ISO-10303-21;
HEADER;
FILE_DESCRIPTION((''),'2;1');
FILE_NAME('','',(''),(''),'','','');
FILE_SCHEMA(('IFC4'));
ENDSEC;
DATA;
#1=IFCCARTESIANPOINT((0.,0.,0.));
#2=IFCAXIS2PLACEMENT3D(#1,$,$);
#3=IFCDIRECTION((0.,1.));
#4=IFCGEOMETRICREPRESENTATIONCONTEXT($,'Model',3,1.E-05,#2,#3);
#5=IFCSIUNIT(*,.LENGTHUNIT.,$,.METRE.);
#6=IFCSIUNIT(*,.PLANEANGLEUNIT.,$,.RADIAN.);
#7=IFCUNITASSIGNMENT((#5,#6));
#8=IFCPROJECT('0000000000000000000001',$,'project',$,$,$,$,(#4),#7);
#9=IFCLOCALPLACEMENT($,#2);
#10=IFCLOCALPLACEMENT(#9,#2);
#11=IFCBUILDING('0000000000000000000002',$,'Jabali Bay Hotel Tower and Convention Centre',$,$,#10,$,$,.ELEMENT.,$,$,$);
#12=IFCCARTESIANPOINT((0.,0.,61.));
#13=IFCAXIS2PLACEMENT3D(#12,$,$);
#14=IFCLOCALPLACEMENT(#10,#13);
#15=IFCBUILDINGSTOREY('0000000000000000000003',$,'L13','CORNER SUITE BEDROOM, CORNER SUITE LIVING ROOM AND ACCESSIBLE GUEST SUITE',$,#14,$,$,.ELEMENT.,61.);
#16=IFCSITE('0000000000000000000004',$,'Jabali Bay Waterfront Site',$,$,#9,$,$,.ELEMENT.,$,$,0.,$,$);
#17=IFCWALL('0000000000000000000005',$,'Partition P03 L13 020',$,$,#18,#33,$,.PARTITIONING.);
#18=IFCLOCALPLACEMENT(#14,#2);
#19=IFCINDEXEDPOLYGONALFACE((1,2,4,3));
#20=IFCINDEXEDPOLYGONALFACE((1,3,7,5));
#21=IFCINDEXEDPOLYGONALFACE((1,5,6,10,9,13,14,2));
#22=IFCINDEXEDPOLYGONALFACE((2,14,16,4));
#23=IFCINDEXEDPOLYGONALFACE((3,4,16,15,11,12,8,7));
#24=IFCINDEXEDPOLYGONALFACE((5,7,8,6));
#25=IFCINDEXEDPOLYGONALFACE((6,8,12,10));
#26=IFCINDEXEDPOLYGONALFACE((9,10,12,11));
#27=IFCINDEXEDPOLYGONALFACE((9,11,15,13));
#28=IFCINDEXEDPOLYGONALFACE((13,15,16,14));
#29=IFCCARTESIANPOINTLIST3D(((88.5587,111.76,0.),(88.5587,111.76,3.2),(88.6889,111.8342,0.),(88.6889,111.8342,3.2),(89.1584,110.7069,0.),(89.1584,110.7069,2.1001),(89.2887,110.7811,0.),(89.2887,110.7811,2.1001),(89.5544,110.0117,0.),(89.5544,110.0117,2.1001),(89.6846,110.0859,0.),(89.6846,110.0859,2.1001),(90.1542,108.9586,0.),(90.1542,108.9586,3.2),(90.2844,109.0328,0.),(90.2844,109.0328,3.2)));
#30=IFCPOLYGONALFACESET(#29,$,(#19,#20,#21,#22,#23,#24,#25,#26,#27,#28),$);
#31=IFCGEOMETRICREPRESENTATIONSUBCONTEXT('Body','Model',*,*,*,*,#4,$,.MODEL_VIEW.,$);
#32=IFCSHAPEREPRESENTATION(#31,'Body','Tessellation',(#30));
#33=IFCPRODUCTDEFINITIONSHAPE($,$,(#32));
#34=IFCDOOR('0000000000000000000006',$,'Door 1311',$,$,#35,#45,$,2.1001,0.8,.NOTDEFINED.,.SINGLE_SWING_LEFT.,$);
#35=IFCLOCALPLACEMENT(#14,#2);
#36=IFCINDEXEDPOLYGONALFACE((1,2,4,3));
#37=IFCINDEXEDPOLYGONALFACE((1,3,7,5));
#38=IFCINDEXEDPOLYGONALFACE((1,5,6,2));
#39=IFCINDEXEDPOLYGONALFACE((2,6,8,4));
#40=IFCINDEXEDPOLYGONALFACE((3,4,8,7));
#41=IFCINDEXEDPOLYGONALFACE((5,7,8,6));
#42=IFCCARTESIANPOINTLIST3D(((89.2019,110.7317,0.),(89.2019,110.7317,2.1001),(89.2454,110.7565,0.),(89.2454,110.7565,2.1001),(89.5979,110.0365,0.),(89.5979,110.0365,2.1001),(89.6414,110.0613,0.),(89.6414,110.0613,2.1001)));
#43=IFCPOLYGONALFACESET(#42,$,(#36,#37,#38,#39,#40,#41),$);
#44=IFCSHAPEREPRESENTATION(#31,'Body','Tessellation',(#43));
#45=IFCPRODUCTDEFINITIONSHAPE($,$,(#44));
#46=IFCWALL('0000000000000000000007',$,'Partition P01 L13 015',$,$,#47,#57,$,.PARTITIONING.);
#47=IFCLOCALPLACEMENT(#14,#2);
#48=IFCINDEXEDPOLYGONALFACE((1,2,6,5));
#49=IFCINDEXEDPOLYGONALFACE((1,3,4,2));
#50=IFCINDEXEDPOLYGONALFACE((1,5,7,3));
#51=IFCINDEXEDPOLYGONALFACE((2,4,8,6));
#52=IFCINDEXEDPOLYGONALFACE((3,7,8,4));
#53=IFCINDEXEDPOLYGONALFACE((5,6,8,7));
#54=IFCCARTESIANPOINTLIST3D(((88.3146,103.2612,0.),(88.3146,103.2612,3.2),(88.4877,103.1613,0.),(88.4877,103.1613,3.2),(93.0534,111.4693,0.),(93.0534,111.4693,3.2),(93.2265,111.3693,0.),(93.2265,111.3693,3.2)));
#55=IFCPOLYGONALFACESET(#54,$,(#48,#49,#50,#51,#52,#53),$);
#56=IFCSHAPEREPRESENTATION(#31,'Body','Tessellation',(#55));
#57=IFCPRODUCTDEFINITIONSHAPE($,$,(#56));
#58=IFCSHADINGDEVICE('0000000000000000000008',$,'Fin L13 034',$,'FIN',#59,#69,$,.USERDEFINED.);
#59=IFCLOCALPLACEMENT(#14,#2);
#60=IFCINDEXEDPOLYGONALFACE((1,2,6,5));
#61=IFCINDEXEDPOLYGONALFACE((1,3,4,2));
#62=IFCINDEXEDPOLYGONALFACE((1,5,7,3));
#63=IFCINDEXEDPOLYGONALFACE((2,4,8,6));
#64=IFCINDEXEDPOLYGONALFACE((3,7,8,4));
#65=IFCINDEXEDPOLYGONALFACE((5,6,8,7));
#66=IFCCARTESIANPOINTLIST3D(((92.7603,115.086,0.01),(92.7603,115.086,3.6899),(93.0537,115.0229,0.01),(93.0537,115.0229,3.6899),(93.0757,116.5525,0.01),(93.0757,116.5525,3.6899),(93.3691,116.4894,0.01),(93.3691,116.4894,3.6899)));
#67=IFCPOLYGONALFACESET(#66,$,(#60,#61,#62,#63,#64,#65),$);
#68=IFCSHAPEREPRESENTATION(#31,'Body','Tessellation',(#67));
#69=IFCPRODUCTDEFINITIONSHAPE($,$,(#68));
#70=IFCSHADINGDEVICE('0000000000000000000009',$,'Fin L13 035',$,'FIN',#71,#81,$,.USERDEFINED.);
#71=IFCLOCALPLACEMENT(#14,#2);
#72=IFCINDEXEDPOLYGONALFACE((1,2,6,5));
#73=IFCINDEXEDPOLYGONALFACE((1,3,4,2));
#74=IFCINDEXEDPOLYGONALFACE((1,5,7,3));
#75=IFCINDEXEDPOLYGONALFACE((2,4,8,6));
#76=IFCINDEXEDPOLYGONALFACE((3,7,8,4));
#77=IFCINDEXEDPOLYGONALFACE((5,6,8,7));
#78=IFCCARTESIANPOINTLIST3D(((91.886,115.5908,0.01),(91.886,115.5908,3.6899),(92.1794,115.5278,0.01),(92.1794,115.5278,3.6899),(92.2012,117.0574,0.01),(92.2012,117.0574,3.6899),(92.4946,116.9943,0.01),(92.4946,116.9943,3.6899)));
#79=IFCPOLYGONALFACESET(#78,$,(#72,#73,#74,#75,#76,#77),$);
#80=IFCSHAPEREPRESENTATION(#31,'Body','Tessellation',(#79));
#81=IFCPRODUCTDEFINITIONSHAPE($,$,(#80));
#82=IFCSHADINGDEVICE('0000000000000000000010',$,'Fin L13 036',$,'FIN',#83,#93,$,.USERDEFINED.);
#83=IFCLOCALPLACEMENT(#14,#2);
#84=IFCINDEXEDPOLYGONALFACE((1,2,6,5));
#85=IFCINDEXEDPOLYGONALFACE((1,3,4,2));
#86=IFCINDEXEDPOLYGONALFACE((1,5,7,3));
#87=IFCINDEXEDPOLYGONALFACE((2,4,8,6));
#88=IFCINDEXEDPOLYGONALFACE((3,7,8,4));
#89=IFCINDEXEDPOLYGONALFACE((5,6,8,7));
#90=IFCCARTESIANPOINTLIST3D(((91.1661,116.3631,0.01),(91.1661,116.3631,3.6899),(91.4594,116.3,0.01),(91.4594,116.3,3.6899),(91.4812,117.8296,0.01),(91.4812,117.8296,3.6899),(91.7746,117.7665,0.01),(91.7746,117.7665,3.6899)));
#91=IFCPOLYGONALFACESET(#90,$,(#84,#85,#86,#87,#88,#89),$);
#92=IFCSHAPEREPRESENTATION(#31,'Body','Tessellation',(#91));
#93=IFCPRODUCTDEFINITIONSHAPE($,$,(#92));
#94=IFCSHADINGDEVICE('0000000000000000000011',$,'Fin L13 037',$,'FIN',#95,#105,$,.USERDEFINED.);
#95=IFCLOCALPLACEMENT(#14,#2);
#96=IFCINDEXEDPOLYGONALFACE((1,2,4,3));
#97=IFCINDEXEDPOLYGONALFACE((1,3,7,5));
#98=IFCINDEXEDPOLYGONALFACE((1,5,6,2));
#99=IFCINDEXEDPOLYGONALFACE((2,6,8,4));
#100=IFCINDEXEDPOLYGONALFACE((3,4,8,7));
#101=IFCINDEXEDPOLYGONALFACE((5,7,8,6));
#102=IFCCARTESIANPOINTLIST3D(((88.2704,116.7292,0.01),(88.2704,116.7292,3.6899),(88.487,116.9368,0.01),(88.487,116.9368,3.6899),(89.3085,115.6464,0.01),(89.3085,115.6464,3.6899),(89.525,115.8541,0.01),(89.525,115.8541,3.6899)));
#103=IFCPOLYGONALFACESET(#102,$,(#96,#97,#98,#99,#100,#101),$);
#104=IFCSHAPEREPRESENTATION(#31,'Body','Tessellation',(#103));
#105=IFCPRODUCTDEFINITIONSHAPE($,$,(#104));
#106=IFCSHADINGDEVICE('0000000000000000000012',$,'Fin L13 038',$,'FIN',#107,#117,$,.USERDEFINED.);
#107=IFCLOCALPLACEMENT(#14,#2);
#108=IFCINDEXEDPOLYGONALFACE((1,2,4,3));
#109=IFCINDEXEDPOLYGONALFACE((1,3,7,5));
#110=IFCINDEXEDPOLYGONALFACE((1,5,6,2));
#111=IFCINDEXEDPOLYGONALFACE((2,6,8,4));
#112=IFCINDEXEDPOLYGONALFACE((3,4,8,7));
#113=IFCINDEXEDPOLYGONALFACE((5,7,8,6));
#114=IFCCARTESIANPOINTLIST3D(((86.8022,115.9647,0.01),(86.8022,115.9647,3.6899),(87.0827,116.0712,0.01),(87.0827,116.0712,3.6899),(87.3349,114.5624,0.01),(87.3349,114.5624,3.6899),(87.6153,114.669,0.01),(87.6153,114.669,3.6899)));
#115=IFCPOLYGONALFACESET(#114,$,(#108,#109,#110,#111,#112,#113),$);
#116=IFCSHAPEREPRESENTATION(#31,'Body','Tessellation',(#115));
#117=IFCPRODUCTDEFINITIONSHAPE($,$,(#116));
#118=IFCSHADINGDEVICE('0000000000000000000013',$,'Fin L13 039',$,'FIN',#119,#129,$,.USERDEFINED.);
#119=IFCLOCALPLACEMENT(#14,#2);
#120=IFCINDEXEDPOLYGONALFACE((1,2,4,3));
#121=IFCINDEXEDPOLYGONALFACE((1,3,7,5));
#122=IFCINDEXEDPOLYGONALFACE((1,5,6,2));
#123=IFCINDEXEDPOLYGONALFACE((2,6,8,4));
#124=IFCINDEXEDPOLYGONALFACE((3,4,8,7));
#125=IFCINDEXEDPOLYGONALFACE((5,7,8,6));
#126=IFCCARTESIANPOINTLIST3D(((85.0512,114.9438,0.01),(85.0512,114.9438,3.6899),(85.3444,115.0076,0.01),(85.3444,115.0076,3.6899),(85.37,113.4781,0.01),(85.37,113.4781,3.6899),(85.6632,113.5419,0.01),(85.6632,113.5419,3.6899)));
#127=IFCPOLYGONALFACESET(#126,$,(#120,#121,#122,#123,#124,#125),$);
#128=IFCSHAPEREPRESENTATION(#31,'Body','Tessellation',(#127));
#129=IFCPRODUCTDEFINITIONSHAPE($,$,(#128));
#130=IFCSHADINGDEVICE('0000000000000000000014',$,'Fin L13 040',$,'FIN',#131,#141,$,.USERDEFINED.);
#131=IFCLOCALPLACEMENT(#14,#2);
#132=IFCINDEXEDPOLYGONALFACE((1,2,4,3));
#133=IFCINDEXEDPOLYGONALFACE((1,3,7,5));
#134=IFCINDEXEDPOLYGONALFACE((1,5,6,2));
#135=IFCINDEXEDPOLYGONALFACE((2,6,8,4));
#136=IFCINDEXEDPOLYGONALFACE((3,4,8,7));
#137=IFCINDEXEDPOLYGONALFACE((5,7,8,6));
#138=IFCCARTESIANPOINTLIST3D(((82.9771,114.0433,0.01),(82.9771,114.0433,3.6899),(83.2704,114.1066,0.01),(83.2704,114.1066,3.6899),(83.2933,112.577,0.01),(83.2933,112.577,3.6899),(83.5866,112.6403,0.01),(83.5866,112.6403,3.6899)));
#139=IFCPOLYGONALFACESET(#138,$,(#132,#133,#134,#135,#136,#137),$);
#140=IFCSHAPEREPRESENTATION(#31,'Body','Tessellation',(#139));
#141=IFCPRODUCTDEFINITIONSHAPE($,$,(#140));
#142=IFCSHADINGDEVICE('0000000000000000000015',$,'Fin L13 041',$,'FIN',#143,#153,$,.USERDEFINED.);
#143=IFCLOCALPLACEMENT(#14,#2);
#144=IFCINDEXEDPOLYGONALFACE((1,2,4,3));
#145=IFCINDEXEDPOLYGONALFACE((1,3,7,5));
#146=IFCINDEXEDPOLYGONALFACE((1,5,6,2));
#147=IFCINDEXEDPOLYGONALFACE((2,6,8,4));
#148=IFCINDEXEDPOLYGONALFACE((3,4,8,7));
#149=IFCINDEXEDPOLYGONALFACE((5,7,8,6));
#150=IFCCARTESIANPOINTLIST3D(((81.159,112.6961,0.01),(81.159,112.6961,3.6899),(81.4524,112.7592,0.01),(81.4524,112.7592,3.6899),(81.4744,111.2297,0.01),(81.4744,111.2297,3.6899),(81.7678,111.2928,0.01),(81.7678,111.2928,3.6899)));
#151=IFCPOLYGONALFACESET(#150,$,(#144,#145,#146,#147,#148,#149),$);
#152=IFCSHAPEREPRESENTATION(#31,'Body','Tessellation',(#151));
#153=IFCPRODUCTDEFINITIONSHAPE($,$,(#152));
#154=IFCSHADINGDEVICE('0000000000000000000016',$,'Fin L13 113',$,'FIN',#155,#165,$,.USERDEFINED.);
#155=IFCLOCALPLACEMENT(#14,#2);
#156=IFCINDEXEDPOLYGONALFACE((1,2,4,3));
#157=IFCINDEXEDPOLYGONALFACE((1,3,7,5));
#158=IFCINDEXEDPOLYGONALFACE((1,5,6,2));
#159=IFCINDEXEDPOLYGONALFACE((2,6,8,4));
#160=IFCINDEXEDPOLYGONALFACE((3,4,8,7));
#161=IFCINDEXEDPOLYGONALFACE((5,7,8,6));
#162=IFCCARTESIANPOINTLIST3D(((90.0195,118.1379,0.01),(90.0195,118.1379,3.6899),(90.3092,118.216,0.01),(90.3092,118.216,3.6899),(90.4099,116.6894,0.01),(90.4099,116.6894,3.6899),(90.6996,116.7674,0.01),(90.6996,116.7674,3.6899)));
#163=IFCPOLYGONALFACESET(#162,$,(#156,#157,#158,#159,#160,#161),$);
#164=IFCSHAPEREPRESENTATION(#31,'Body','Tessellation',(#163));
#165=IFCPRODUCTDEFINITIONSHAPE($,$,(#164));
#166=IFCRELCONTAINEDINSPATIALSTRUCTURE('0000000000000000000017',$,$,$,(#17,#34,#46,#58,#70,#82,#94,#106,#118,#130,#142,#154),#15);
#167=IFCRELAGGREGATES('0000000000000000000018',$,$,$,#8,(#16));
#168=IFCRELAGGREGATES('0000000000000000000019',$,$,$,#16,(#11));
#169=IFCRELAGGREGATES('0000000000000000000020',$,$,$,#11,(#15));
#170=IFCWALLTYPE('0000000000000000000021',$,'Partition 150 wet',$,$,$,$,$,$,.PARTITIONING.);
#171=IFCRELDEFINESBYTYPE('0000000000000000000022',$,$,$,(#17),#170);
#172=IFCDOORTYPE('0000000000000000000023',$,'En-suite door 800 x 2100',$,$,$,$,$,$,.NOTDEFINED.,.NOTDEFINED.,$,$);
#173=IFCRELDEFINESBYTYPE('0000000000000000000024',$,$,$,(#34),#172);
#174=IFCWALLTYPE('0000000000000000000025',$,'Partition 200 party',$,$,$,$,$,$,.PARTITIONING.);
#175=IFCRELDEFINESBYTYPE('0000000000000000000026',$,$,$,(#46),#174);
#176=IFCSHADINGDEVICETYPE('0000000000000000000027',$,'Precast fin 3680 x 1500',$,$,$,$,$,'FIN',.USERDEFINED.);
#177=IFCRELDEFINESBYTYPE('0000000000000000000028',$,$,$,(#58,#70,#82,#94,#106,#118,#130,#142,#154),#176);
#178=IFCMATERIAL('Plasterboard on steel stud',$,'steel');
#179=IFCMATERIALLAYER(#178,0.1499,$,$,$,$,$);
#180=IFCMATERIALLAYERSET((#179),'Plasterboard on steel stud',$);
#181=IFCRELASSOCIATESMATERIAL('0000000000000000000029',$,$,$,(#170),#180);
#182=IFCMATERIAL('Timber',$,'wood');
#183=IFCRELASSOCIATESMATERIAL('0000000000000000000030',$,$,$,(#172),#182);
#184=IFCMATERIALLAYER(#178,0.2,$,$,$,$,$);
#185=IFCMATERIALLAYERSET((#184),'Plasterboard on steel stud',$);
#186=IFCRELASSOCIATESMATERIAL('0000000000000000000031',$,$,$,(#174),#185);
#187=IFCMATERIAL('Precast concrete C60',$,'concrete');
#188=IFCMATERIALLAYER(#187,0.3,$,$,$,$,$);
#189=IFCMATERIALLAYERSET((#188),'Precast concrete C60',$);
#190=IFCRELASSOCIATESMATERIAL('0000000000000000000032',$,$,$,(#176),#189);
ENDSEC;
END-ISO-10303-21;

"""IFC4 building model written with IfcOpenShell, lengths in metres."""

from ifc_helpers import new_model, si_unit, direction, frame, frame_2d, origin, place, context, subcontext, project, spatial, rectangle, extrude, material, layer, layer_set, type_object, element, fill, save


model = new_model("IFC4")

# Units and contexts
model_context = context("Model", 3, precision=1e-05, world=origin(), true_north=direction((0.0, 1.0)))
body_context = subcontext(model_context, "Body", "Model", "MODEL_VIEW")
ifc_project = project(units=[si_unit("LENGTHUNIT", "METRE"), si_unit("PLANEANGLEUNIT", "RADIAN")], contexts=[model_context])

# Site, building, storey
site_placement = place(None, origin())
site = spatial("IfcSite", under=ifc_project, at=site_placement, Name="Jabali Bay Waterfront Site", CompositionType="ELEMENT", RefElevation=0.0)
building_placement = place(site_placement, origin())
building = spatial("IfcBuilding", under=site, at=building_placement, Name="Jabali Bay Hotel Tower and Convention Centre", CompositionType="ELEMENT")
storey_placement = place(building_placement, frame((0.0, 0.0, 61.0)))
storey = spatial("IfcBuildingStorey", under=building, at=storey_placement, Name="L13", Description="CORNER SUITE BEDROOM, CORNER SUITE LIVING ROOM AND ACCESSIBLE GUEST SUITE", CompositionType="ELEMENT", Elevation=61.0)

# Shared definitions
ifc_material_1 = material(Name="Plasterboard on steel stud", Category="steel")
ifc_layer_1 = layer(ifc_material_1, 0.1499)
ifc_layer_set_1 = layer_set([ifc_layer_1], Name="Plasterboard on steel stud")
wall_type_1 = type_object("IfcWallType", Name="Partition 150 wet", PredefinedType="PARTITIONING", material=ifc_layer_set_1)

# Wall, opening, door
wall_1_placement = place(storey_placement, frame((90.2192, 108.9958, 0.0), z_axis=(0.0, 0.0, 1.0), x_axis=(-0.494907, 0.868946, 0.0)))
wall_1 = element("IfcWall", 1, at=wall_1_placement, inside=storey, type_object=wall_type_1, Name="Partition P03 L13 020", PredefinedType="PARTITIONING", context=body_context, shape_type="SweptSolid", body=[
    extrude(rectangle(XDim=3.2239, YDim=0.1499, at=frame_2d((1.6118, 0.0))), origin(), (0.0, 0.0, 1.0), 3.2),
])
opening_1_placement = place(wall_1_placement, frame((1.2119, 0.0, 0.0)))
opening_1 = element("IfcOpeningElement", 2, at=opening_1_placement, cuts=wall_1, PredefinedType="OPENING", context=body_context, shape_type="SweptSolid", body=[
    extrude(rectangle(XDim=0.8, YDim=2.1001, at=frame_2d((0.3999, 1.05))), frame((0.0, 0.0854, 0.0), z_axis=(0.0, -1.0, 0.0), x_axis=(1.0, 0.0, 0.0)), (0.0, 0.0, 1.0), 0.1709),
])
ifc_material_2 = material(Name="Timber", Category="wood")
door_type = type_object("IfcDoorType", Name="En-suite door 800 x 2100", OperationType="NOTDEFINED", PredefinedType="NOTDEFINED", material=ifc_material_2)
door_placement = place(opening_1_placement, origin())
door = element("IfcDoor", 3, at=door_placement, inside=storey, type_object=door_type, Name="Door 1311", OperationType="SINGLE_SWING_LEFT", OverallHeight=2.1001, OverallWidth=0.8, PredefinedType="NOTDEFINED", context=body_context, shape_type="SweptSolid", body=[
    extrude(rectangle(XDim=0.8, YDim=2.1001, at=frame_2d((0.3999, 1.05))), frame((0.0, 0.0249, 0.0), z_axis=(0.0, -1.0, 0.0), x_axis=(1.0, 0.0, 0.0)), (0.0, 0.0, 1.0), 0.05),
])
fill(opening_1, door)

# Wall
ifc_layer_2 = layer(ifc_material_1, 0.2)
ifc_layer_set_2 = layer_set([ifc_layer_2], Name="Plasterboard on steel stud")
wall_type_2 = type_object("IfcWallType", Name="Partition 200 party", PredefinedType="PARTITIONING", material=ifc_layer_set_2)
wall_2_placement = place(storey_placement, frame((93.1399, 111.4192, 0.0), z_axis=(0.0, 0.0, 1.0), x_axis=(-0.49999, -0.866031, 0.0)))
element("IfcWall", 4, at=wall_2_placement, inside=storey, type_object=wall_type_2, Name="Partition P01 L13 015", PredefinedType="PARTITIONING", context=body_context, shape_type="SweptSolid", body=[
    extrude(rectangle(XDim=9.4778, YDim=0.2, at=frame_2d((4.7388, 0.0))), origin(), (0.0, 0.0, 1.0), 3.2),
])

# Shading devices
ifc_material_3 = material(Name="Precast concrete C60", Category="concrete")
ifc_layer_3 = layer(ifc_material_3, 0.3)
ifc_layer_set_3 = layer_set([ifc_layer_3], Name="Precast concrete C60")
shading_device_type = type_object("IfcShadingDeviceType", Name="Precast fin 3680 x 1500", ElementType="FIN", PredefinedType="USERDEFINED", material=ifc_layer_set_3)
for number, where, z_axis, x_axis, name in (
    (5, (92.907, 115.0544, 0.01), (0.0, 0.0, 1.0), (0.210274, 0.977643, 0.0), "Fin L13 034"),
    (6, (92.0327, 115.5593, 0.01), (0.0, 0.0, 1.0), (0.210118, 0.977676, 0.0), "Fin L13 035"),
    (7, (91.3127, 116.3315, 0.01), (0.0, 0.0, 1.0), (0.210118, 0.977676, 0.0), "Fin L13 036"),
    (8, (89.4167, 115.7502, 0.01), (0.0, 0.0, 1.0), (-0.692057, 0.721843, 0.0), "Fin L13 037"),
    (9, (87.4751, 114.6157, 0.01), (0.0, 0.0, 1.0), (-0.355115, 0.934822, 0.0), "Fin L13 038"),
    (10, (85.5166, 113.51, 0.01), (0.0, 0.0, 1.0), (-0.212551, 0.97715, 0.0), "Fin L13 039"),
    (11, (83.4399, 112.6086, 0.01), (0.0, 0.0, 1.0), (-0.210774, 0.977535, 0.0), "Fin L13 040"),
    (12, (81.6211, 111.2612, 0.01), (0.0, 0.0, 1.0), (-0.210274, 0.977643, 0.0), "Fin L13 041"),
):
    element("IfcShadingDevice", number, at=place(storey_placement, frame(where, z_axis=z_axis, x_axis=x_axis)), inside=storey, type_object=shading_device_type, Name=name, ObjectType="FIN", PredefinedType="USERDEFINED", context=body_context, shape_type="SweptSolid", body=[
        extrude(rectangle(XDim=1.5, YDim=0.3, at=frame_2d((0.75, 0.0))), origin(), (0.0, 0.0, 1.0), 3.6799),
    ])
shading_device_placement = place(storey_placement, frame((90.5547, 116.7285, 0.01), z_axis=(0.0, 0.0, 1.0), x_axis=(-0.260224, 0.965548, 0.0)))
element("IfcShadingDevice", 13, at=shading_device_placement, inside=storey, type_object=shading_device_type, Name="Fin L13 113", ObjectType="FIN", PredefinedType="USERDEFINED", context=body_context, shape_type="SweptSolid", body=[
    extrude(rectangle(XDim=1.5002, YDim=0.3, at=frame_2d((0.75, 0.0))), origin(), (0.0, 0.0, 1.0), 3.6799),
])

save(model, "model.ifc")
